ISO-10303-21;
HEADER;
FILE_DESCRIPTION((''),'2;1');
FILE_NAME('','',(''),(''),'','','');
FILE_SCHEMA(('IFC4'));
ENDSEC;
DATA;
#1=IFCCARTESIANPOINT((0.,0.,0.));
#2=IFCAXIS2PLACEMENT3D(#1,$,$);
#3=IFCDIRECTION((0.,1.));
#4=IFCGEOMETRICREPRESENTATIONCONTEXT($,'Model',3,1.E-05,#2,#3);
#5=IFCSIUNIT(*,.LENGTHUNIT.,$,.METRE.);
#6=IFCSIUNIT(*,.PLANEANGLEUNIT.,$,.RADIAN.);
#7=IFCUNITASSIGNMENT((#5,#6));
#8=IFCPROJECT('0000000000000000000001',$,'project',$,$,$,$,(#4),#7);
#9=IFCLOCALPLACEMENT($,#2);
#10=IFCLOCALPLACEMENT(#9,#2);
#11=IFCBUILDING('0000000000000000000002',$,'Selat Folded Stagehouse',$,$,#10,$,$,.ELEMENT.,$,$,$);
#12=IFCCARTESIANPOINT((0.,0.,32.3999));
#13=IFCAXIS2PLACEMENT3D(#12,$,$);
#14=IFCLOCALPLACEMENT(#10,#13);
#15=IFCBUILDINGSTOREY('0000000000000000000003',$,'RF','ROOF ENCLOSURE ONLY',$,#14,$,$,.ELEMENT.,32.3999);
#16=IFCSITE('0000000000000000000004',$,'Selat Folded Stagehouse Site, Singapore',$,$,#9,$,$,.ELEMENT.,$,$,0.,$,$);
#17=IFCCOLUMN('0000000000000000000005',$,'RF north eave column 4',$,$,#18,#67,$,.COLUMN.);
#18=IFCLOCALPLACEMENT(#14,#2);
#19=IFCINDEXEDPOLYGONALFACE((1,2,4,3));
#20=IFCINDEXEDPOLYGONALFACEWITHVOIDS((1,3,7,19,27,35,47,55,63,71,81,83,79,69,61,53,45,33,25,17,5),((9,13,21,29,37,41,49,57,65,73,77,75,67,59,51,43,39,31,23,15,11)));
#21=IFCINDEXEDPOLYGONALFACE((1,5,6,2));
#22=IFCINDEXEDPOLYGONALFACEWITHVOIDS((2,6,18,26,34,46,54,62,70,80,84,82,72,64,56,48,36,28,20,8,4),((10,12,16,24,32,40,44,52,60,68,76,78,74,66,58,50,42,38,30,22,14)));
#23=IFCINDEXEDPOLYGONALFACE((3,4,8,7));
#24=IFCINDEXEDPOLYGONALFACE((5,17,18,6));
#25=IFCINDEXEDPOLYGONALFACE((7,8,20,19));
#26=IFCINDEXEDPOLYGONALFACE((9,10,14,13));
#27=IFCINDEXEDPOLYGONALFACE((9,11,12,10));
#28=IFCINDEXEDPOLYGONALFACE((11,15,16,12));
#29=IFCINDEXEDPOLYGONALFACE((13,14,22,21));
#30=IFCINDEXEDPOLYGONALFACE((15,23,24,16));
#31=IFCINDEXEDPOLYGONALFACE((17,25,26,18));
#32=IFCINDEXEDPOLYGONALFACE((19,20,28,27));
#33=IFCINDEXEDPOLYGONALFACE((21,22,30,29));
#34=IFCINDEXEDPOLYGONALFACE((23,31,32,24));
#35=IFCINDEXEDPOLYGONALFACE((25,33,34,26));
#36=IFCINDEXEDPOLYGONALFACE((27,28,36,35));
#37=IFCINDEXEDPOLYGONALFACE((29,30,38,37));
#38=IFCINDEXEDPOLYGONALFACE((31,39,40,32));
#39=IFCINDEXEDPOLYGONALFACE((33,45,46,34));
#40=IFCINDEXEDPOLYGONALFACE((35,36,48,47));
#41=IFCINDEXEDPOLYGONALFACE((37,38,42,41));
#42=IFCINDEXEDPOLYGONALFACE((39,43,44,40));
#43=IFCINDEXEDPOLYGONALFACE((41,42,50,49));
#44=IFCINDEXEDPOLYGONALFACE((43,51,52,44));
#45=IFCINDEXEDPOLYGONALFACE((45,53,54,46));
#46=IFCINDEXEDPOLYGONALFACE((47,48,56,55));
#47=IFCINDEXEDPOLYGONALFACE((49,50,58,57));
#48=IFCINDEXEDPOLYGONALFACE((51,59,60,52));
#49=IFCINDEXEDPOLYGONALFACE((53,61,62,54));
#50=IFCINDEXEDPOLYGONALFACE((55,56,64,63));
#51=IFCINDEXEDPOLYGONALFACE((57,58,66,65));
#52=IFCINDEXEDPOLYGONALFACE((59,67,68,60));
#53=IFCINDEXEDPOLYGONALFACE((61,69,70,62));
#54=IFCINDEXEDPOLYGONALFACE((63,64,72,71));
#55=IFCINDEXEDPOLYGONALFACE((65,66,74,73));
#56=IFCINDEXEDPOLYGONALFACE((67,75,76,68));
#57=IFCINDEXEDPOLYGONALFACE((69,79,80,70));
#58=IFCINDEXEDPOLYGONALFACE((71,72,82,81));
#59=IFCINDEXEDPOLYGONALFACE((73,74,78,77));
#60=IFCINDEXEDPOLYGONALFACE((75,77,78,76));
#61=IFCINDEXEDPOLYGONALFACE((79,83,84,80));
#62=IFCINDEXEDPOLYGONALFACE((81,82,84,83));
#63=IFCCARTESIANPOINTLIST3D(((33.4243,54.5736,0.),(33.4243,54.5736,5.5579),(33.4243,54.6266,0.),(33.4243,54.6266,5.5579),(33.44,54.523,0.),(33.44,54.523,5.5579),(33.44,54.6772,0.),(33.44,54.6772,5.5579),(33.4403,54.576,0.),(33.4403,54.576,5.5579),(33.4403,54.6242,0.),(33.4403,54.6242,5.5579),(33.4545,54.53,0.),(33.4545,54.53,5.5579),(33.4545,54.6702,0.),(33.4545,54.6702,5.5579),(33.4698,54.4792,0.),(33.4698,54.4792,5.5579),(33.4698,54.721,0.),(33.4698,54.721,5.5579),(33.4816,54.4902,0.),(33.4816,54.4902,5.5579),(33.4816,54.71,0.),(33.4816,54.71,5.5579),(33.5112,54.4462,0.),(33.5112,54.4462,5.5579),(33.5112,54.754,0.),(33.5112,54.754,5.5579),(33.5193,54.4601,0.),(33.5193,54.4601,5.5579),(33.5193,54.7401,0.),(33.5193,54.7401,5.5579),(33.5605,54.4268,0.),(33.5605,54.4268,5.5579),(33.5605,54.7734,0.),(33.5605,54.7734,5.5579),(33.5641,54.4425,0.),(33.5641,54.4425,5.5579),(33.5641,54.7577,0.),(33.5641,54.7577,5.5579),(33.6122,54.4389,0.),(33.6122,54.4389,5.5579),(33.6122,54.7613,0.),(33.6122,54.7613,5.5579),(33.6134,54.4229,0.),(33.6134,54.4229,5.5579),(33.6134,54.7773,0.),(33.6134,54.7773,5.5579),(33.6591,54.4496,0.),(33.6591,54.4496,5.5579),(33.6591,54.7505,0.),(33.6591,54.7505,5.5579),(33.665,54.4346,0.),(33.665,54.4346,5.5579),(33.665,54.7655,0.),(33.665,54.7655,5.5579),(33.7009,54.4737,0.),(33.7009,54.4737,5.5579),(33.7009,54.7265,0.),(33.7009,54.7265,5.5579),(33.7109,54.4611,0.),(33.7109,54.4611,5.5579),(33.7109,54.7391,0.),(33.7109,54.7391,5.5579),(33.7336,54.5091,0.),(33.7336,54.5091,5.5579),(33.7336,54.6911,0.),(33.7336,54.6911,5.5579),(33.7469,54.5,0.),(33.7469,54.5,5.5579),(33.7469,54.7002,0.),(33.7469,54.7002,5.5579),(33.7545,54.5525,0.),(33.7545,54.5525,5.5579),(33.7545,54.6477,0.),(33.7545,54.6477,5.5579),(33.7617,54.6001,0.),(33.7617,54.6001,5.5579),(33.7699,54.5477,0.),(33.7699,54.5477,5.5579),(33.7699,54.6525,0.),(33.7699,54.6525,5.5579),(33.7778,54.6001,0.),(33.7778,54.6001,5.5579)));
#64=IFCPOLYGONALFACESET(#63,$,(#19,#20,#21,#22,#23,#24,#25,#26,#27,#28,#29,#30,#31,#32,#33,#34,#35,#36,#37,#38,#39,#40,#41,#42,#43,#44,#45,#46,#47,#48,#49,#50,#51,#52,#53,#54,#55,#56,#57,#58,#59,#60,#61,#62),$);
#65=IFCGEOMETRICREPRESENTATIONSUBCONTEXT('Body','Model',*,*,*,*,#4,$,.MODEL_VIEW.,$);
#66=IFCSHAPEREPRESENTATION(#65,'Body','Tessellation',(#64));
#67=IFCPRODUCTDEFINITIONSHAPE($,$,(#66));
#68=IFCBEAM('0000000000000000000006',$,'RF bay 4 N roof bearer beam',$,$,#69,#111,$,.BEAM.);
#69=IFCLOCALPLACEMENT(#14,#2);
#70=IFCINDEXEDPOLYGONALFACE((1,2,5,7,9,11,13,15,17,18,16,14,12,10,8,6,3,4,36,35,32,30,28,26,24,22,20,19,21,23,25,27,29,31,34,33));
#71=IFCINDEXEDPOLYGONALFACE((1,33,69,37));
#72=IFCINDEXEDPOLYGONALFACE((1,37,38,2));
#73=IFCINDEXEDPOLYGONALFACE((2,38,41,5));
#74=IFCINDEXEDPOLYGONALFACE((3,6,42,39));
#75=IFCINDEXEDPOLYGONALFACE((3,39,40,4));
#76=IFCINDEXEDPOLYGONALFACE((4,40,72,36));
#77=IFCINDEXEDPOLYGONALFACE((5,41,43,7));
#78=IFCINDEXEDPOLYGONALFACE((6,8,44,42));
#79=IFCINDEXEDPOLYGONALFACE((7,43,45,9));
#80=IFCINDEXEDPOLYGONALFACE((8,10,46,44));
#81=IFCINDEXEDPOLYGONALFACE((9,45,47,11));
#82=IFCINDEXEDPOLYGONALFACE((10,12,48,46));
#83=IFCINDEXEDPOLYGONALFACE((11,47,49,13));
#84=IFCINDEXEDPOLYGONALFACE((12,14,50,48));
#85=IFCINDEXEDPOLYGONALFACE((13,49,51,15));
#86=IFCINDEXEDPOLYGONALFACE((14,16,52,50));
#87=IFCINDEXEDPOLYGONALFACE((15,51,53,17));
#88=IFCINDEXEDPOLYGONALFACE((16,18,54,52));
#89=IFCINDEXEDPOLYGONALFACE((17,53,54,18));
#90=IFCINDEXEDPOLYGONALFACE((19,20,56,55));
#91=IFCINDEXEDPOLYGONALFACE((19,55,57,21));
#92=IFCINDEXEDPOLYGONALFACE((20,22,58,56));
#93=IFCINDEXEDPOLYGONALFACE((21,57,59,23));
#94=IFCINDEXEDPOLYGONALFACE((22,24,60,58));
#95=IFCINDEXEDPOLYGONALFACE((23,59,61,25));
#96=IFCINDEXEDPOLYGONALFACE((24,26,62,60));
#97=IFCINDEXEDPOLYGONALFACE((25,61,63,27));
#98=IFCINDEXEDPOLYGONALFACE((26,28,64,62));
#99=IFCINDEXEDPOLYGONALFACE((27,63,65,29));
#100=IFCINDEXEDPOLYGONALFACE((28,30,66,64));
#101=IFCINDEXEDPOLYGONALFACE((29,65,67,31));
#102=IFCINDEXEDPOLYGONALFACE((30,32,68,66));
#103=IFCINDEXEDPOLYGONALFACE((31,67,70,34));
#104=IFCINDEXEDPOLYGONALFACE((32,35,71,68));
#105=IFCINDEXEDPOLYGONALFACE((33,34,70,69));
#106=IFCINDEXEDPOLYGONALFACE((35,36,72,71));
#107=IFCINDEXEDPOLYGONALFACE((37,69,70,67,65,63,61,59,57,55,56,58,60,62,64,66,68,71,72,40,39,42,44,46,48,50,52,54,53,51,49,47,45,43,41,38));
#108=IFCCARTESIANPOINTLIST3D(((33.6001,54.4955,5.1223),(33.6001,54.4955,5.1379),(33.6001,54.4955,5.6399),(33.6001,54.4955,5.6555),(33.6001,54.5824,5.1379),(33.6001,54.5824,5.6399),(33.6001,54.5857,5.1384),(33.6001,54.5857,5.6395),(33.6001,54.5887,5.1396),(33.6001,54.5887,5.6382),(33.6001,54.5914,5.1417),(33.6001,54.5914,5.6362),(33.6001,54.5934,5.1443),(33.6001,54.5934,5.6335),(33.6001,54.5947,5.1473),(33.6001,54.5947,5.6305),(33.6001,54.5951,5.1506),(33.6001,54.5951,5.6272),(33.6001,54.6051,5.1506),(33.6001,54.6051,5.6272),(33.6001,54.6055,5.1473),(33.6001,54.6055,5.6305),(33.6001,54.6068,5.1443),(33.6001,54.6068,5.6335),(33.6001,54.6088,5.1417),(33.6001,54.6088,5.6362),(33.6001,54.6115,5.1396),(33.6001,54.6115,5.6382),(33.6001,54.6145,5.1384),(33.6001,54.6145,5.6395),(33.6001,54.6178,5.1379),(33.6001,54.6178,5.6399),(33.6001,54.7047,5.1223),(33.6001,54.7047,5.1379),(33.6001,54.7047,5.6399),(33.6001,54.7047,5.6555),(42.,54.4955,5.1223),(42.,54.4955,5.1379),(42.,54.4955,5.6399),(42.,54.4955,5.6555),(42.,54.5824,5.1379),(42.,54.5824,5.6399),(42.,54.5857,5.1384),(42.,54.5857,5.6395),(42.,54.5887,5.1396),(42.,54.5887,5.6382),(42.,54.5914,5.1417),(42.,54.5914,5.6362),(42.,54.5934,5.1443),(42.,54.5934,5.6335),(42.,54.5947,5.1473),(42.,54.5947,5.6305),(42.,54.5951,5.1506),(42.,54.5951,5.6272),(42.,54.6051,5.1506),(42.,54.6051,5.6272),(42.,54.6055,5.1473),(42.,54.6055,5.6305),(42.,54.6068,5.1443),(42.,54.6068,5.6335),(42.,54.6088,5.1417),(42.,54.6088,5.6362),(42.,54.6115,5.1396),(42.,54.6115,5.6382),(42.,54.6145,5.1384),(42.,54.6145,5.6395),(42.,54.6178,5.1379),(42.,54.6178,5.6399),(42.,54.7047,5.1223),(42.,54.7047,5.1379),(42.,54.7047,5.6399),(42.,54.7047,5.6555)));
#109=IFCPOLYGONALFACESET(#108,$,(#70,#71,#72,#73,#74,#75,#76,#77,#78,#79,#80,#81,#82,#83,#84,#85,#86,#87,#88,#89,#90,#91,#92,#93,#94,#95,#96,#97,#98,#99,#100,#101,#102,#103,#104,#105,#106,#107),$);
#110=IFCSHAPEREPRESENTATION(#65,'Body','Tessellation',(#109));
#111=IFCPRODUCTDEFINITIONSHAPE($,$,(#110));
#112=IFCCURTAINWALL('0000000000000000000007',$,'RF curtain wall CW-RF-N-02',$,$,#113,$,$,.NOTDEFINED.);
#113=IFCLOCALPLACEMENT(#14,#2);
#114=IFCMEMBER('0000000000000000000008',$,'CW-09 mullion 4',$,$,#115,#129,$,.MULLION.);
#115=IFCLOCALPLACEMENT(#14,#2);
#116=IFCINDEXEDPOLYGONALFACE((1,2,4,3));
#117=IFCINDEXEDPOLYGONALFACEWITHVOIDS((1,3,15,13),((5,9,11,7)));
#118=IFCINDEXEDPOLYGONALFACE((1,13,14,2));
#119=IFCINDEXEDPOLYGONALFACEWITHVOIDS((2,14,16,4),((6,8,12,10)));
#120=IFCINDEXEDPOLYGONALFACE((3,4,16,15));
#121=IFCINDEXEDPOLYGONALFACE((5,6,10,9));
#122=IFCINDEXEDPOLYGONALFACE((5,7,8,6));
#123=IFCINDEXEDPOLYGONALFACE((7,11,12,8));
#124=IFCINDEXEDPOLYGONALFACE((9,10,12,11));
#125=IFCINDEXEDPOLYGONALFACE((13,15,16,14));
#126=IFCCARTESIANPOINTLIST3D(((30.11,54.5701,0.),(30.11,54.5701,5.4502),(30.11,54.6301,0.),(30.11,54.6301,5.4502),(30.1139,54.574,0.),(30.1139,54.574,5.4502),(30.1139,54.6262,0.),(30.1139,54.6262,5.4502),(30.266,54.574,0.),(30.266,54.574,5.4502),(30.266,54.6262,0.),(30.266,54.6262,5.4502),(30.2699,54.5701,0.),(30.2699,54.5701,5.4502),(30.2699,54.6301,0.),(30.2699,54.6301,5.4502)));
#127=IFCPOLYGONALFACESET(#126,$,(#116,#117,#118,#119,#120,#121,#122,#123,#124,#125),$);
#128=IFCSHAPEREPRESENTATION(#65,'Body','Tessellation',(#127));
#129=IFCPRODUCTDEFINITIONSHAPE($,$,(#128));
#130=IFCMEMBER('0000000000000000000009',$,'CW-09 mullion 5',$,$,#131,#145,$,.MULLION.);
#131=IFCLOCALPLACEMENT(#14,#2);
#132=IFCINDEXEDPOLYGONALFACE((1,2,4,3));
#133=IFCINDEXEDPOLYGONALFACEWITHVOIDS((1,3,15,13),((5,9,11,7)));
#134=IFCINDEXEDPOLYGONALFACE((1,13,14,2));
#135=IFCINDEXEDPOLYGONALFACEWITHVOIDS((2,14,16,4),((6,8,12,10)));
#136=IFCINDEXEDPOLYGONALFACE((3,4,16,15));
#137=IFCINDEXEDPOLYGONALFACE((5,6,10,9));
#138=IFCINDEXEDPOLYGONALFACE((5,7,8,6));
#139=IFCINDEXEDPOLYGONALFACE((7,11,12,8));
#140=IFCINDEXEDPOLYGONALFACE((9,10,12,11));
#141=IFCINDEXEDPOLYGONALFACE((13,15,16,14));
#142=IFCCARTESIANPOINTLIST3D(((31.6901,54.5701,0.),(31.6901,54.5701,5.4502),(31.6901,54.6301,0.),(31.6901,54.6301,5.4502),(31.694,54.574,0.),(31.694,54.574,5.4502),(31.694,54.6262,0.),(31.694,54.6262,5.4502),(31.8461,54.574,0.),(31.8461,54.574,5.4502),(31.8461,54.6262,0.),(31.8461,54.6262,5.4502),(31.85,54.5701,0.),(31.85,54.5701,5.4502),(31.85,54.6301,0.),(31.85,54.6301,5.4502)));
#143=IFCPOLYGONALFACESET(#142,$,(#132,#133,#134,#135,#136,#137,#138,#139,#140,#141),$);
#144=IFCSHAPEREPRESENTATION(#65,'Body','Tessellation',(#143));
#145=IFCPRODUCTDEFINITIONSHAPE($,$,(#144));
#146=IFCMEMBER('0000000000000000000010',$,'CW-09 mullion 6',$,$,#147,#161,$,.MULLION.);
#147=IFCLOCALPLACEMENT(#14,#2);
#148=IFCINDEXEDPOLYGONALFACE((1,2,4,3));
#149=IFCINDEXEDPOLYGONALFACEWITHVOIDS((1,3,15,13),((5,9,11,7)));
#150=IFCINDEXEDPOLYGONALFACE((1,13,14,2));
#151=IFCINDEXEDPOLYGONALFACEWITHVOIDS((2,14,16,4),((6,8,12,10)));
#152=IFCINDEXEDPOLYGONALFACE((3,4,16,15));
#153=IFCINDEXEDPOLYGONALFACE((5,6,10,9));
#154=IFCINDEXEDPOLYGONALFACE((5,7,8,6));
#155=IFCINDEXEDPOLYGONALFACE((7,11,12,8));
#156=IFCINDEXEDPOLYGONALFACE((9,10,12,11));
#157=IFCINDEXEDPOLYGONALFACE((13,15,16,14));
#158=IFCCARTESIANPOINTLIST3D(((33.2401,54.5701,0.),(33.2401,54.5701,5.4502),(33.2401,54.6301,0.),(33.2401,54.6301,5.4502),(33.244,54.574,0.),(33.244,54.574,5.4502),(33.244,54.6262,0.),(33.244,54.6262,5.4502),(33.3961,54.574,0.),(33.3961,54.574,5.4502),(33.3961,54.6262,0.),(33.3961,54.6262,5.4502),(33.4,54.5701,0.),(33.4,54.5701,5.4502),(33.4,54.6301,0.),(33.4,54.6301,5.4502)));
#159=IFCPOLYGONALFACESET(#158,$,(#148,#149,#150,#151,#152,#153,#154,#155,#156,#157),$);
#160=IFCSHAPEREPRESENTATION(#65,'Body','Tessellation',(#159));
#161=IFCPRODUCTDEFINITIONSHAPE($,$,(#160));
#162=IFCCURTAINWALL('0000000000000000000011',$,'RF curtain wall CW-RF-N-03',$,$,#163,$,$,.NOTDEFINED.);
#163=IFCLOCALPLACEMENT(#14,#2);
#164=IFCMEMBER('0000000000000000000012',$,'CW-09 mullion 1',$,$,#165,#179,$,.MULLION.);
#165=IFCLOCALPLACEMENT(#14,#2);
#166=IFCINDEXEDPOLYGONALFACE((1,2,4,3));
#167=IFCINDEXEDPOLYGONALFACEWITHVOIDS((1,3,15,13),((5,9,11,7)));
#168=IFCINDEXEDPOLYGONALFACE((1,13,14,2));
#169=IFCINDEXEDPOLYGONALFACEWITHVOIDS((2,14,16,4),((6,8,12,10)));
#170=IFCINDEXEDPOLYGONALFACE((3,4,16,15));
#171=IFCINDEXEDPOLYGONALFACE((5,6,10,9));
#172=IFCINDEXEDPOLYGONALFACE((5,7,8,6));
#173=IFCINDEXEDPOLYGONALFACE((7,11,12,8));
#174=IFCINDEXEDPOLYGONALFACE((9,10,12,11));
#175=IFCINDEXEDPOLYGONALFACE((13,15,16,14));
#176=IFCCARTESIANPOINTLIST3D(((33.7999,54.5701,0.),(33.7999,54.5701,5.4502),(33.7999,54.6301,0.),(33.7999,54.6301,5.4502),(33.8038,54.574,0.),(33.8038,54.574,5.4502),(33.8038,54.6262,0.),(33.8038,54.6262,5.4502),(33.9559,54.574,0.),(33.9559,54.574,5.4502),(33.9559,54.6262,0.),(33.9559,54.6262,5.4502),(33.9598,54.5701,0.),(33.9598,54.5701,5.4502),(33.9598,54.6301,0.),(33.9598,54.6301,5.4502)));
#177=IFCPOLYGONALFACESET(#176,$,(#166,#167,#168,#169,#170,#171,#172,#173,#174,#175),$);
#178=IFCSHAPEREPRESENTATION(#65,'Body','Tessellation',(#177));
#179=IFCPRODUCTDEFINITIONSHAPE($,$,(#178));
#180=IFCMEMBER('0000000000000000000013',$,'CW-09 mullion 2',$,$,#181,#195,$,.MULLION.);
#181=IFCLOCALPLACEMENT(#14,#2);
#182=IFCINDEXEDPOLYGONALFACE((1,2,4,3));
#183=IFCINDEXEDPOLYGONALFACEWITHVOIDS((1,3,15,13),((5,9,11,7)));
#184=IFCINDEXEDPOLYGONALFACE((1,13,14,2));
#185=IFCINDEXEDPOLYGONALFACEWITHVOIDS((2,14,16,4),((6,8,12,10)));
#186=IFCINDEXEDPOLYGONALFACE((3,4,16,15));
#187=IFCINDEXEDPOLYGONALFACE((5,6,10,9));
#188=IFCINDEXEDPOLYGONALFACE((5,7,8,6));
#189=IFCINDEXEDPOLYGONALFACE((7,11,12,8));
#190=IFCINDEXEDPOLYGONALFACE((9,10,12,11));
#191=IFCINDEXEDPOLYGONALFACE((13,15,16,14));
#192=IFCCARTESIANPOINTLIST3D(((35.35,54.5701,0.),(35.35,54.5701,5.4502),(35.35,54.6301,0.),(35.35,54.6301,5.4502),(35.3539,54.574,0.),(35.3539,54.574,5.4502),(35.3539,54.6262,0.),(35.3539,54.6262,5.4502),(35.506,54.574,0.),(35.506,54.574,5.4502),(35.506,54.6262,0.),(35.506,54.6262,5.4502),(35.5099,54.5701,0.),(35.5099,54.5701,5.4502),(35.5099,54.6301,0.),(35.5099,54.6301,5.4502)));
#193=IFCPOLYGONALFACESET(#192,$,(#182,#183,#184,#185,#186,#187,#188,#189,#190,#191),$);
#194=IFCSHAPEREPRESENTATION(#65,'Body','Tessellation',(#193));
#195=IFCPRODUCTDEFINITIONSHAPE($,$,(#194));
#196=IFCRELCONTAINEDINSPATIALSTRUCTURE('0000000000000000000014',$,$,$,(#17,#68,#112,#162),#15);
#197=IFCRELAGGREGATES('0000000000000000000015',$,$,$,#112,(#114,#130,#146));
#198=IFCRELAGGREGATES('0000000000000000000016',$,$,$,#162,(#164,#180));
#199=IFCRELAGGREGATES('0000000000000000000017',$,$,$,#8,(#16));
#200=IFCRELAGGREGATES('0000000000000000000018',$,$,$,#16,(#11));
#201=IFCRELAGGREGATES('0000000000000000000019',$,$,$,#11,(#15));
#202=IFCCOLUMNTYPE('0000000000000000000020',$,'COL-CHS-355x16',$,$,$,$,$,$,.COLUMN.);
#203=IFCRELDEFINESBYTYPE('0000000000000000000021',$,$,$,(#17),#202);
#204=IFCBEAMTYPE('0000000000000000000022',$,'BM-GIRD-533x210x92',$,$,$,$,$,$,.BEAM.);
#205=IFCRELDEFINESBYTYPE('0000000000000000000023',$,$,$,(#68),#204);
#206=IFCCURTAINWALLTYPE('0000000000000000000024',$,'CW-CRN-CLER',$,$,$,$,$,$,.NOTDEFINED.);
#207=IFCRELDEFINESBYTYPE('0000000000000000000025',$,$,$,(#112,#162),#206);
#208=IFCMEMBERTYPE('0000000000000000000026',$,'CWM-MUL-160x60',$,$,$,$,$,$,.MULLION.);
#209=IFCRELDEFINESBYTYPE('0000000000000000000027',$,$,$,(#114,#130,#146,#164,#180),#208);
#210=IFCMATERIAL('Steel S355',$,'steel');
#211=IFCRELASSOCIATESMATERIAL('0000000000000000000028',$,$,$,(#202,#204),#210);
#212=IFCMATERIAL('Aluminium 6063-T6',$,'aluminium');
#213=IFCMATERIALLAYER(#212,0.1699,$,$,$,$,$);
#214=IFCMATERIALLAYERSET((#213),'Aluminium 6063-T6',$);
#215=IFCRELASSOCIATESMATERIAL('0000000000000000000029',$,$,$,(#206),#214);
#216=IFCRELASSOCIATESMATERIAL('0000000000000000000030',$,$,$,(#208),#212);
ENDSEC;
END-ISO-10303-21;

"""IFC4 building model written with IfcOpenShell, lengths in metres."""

from ifc_helpers import new_model, si_unit, direction, frame, origin, origin_2d, place, context, subcontext, project, spatial, hollow_rectangle, hollow_circle, i_section, extrude, material, layer, layer_set, material_profile, profile_set, type_object, element, aggregate, save


model = new_model("IFC4")

# Units and contexts
model_context = context("Model", 3, precision=1e-05, world=origin(), true_north=direction((0.0, 1.0)))
body_context = subcontext(model_context, "Body", "Model", "MODEL_VIEW")
ifc_project = project(units=[si_unit("LENGTHUNIT", "METRE"), si_unit("PLANEANGLEUNIT", "RADIAN")], contexts=[model_context])

# Site, building, storey
site_placement = place(None, origin())
site = spatial("IfcSite", under=ifc_project, at=site_placement, Name="Selat Folded Stagehouse Site, Singapore", CompositionType="ELEMENT", RefElevation=0.0)
building_placement = place(site_placement, origin())
building = spatial("IfcBuilding", under=site, at=building_placement, Name="Selat Folded Stagehouse", CompositionType="ELEMENT")
storey_placement = place(building_placement, frame((0.0, 0.0, 32.3999)))
storey = spatial("IfcBuildingStorey", under=building, at=storey_placement, Name="RF", Description="ROOF ENCLOSURE ONLY", CompositionType="ELEMENT", Elevation=32.3999)

# Column
ifc_material_1 = material(Name="Steel S355", Category="steel")
ifc_material_profile_1 = material_profile(ifc_material_1, hollow_circle(Radius=0.1777, WallThickness=0.0161, at=origin_2d()), Name="CHS 355.6x16.0")
ifc_profile_set_1 = profile_set([ifc_material_profile_1], Name="Steel S355")
column_type = type_object("IfcColumnType", Name="COL-CHS-355x16", PredefinedType="COLUMN", material=ifc_profile_set_1)
column_placement = place(storey_placement, frame((33.6001, 54.6001, 0.0), z_axis=(0.0, 0.0, 1.0), x_axis=(1.0, 0.0, 0.0)))
element("IfcColumn", 1, at=column_placement, inside=storey, type_object=column_type, Name="RF north eave column 4", PredefinedType="COLUMN", context=body_context, shape_type="SweptSolid", body=[
    extrude(hollow_circle(Radius=0.1777, WallThickness=0.0161, at=origin_2d()), origin(), (0.0, 0.0, 1.0), 5.5579),
])

# Beam
ifc_material_profile_2 = material_profile(ifc_material_1, i_section(OverallWidth=0.2092, OverallDepth=0.5332, WebThickness=0.01, FlangeThickness=0.0156, FilletRadius=0.0127, at=origin_2d()), Name="UKB 533x210x92")
ifc_profile_set_2 = profile_set([ifc_material_profile_2], Name="Steel S355")
beam_type = type_object("IfcBeamType", Name="BM-GIRD-533x210x92", PredefinedType="BEAM", material=ifc_profile_set_2)
beam_placement = place(storey_placement, frame((33.6001, 54.6001, 5.3889), z_axis=(1.0, 0.0, 0.0), x_axis=(0.0, 1.0, 0.0)))
element("IfcBeam", 2, at=beam_placement, inside=storey, type_object=beam_type, Name="RF bay 4 N roof bearer beam", PredefinedType="BEAM", context=body_context, shape_type="SweptSolid", body=[
    extrude(i_section(OverallWidth=0.2092, OverallDepth=0.5332, WebThickness=0.01, FlangeThickness=0.0156, FilletRadius=0.0127, at=origin_2d()), origin(), (0.0, 0.0, 1.0), 8.3999),
])

# Curtain walls, members
ifc_material_2 = material(Name="Aluminium 6063-T6", Category="aluminium")
ifc_layer_1 = layer(ifc_material_2, 0.1699)
ifc_layer_set_1 = layer_set([ifc_layer_1], Name="Aluminium 6063-T6")
curtain_wall_type = type_object("IfcCurtainWallType", Name="CW-CRN-CLER", PredefinedType="NOTDEFINED", material=ifc_layer_set_1)
curtain_wall_1_placement = place(storey_placement, origin())
curtain_wall_1 = element("IfcCurtainWall", 3, at=curtain_wall_1_placement, inside=storey, type_object=curtain_wall_type, Name="RF curtain wall CW-RF-N-02", PredefinedType="NOTDEFINED")
ifc_material_profile_3 = material_profile(ifc_material_2, hollow_rectangle(XDim=0.0601, YDim=0.1599, WallThickness=0.0039, at=origin_2d()), Name="ALU 160x60x4.0")
ifc_profile_set_3 = profile_set([ifc_material_profile_3], Name="Aluminium 6063-T6")
member_type_1 = type_object("IfcMemberType", Name="CWM-MUL-160x60", PredefinedType="MULLION", material=ifc_profile_set_3)
member_1_placement = place(storey_placement, frame((30.1899, 54.6001, 0.0), z_axis=(0.0, 0.0, 1.0), x_axis=(0.0, 1.0, 0.0)))
member_1 = element("IfcMember", 4, at=member_1_placement, type_object=member_type_1, Name="CW-09 mullion 4", PredefinedType="MULLION", context=body_context, shape_type="SweptSolid", body=[
    extrude(hollow_rectangle(XDim=0.0601, YDim=0.1599, WallThickness=0.0039, at=origin_2d()), origin(), (0.0, 0.0, 1.0), 5.4502),
])
member_2_placement = place(storey_placement, frame((31.77, 54.6001, 0.0), z_axis=(0.0, 0.0, 1.0), x_axis=(0.0, 1.0, 0.0)))
member_2 = element("IfcMember", 5, at=member_2_placement, type_object=member_type_1, Name="CW-09 mullion 5", PredefinedType="MULLION", context=body_context, shape_type="SweptSolid", body=[
    extrude(hollow_rectangle(XDim=0.0601, YDim=0.1599, WallThickness=0.0039, at=origin_2d()), origin(), (0.0, 0.0, 1.0), 5.4502),
])
member_3_placement = place(storey_placement, frame((33.3201, 54.6001, 0.0), z_axis=(0.0, 0.0, 1.0), x_axis=(0.0, 1.0, 0.0)))
member_3 = element("IfcMember", 6, at=member_3_placement, type_object=member_type_1, Name="CW-09 mullion 6", PredefinedType="MULLION", context=body_context, shape_type="SweptSolid", body=[
    extrude(hollow_rectangle(XDim=0.0601, YDim=0.1599, WallThickness=0.0039, at=origin_2d()), origin(), (0.0, 0.0, 1.0), 5.4502),
])
curtain_wall_2_placement = place(storey_placement, origin())
curtain_wall_2 = element("IfcCurtainWall", 7, at=curtain_wall_2_placement, inside=storey, type_object=curtain_wall_type, Name="RF curtain wall CW-RF-N-03", PredefinedType="NOTDEFINED")
member_4_placement = place(storey_placement, frame((33.8799, 54.6001, 0.0), z_axis=(0.0, 0.0, 1.0), x_axis=(0.0, 1.0, 0.0)))
member_4 = element("IfcMember", 8, at=member_4_placement, type_object=member_type_1, Name="CW-09 mullion 1", PredefinedType="MULLION", context=body_context, shape_type="SweptSolid", body=[
    extrude(hollow_rectangle(XDim=0.0601, YDim=0.1599, WallThickness=0.0039, at=origin_2d()), origin(), (0.0, 0.0, 1.0), 5.4502),
])
member_5_placement = place(storey_placement, frame((35.4299, 54.6001, 0.0), z_axis=(0.0, 0.0, 1.0), x_axis=(0.0, 1.0, 0.0)))
member_5 = element("IfcMember", 9, at=member_5_placement, type_object=member_type_1, Name="CW-09 mullion 2", PredefinedType="MULLION", context=body_context, shape_type="SweptSolid", body=[
    extrude(hollow_rectangle(XDim=0.0601, YDim=0.1599, WallThickness=0.0039, at=origin_2d()), origin(), (0.0, 0.0, 1.0), 5.4502),
])

aggregate(curtain_wall_1, [member_1, member_2, member_3])
aggregate(curtain_wall_2, [member_4, member_5])

save(model, "model.ifc")
